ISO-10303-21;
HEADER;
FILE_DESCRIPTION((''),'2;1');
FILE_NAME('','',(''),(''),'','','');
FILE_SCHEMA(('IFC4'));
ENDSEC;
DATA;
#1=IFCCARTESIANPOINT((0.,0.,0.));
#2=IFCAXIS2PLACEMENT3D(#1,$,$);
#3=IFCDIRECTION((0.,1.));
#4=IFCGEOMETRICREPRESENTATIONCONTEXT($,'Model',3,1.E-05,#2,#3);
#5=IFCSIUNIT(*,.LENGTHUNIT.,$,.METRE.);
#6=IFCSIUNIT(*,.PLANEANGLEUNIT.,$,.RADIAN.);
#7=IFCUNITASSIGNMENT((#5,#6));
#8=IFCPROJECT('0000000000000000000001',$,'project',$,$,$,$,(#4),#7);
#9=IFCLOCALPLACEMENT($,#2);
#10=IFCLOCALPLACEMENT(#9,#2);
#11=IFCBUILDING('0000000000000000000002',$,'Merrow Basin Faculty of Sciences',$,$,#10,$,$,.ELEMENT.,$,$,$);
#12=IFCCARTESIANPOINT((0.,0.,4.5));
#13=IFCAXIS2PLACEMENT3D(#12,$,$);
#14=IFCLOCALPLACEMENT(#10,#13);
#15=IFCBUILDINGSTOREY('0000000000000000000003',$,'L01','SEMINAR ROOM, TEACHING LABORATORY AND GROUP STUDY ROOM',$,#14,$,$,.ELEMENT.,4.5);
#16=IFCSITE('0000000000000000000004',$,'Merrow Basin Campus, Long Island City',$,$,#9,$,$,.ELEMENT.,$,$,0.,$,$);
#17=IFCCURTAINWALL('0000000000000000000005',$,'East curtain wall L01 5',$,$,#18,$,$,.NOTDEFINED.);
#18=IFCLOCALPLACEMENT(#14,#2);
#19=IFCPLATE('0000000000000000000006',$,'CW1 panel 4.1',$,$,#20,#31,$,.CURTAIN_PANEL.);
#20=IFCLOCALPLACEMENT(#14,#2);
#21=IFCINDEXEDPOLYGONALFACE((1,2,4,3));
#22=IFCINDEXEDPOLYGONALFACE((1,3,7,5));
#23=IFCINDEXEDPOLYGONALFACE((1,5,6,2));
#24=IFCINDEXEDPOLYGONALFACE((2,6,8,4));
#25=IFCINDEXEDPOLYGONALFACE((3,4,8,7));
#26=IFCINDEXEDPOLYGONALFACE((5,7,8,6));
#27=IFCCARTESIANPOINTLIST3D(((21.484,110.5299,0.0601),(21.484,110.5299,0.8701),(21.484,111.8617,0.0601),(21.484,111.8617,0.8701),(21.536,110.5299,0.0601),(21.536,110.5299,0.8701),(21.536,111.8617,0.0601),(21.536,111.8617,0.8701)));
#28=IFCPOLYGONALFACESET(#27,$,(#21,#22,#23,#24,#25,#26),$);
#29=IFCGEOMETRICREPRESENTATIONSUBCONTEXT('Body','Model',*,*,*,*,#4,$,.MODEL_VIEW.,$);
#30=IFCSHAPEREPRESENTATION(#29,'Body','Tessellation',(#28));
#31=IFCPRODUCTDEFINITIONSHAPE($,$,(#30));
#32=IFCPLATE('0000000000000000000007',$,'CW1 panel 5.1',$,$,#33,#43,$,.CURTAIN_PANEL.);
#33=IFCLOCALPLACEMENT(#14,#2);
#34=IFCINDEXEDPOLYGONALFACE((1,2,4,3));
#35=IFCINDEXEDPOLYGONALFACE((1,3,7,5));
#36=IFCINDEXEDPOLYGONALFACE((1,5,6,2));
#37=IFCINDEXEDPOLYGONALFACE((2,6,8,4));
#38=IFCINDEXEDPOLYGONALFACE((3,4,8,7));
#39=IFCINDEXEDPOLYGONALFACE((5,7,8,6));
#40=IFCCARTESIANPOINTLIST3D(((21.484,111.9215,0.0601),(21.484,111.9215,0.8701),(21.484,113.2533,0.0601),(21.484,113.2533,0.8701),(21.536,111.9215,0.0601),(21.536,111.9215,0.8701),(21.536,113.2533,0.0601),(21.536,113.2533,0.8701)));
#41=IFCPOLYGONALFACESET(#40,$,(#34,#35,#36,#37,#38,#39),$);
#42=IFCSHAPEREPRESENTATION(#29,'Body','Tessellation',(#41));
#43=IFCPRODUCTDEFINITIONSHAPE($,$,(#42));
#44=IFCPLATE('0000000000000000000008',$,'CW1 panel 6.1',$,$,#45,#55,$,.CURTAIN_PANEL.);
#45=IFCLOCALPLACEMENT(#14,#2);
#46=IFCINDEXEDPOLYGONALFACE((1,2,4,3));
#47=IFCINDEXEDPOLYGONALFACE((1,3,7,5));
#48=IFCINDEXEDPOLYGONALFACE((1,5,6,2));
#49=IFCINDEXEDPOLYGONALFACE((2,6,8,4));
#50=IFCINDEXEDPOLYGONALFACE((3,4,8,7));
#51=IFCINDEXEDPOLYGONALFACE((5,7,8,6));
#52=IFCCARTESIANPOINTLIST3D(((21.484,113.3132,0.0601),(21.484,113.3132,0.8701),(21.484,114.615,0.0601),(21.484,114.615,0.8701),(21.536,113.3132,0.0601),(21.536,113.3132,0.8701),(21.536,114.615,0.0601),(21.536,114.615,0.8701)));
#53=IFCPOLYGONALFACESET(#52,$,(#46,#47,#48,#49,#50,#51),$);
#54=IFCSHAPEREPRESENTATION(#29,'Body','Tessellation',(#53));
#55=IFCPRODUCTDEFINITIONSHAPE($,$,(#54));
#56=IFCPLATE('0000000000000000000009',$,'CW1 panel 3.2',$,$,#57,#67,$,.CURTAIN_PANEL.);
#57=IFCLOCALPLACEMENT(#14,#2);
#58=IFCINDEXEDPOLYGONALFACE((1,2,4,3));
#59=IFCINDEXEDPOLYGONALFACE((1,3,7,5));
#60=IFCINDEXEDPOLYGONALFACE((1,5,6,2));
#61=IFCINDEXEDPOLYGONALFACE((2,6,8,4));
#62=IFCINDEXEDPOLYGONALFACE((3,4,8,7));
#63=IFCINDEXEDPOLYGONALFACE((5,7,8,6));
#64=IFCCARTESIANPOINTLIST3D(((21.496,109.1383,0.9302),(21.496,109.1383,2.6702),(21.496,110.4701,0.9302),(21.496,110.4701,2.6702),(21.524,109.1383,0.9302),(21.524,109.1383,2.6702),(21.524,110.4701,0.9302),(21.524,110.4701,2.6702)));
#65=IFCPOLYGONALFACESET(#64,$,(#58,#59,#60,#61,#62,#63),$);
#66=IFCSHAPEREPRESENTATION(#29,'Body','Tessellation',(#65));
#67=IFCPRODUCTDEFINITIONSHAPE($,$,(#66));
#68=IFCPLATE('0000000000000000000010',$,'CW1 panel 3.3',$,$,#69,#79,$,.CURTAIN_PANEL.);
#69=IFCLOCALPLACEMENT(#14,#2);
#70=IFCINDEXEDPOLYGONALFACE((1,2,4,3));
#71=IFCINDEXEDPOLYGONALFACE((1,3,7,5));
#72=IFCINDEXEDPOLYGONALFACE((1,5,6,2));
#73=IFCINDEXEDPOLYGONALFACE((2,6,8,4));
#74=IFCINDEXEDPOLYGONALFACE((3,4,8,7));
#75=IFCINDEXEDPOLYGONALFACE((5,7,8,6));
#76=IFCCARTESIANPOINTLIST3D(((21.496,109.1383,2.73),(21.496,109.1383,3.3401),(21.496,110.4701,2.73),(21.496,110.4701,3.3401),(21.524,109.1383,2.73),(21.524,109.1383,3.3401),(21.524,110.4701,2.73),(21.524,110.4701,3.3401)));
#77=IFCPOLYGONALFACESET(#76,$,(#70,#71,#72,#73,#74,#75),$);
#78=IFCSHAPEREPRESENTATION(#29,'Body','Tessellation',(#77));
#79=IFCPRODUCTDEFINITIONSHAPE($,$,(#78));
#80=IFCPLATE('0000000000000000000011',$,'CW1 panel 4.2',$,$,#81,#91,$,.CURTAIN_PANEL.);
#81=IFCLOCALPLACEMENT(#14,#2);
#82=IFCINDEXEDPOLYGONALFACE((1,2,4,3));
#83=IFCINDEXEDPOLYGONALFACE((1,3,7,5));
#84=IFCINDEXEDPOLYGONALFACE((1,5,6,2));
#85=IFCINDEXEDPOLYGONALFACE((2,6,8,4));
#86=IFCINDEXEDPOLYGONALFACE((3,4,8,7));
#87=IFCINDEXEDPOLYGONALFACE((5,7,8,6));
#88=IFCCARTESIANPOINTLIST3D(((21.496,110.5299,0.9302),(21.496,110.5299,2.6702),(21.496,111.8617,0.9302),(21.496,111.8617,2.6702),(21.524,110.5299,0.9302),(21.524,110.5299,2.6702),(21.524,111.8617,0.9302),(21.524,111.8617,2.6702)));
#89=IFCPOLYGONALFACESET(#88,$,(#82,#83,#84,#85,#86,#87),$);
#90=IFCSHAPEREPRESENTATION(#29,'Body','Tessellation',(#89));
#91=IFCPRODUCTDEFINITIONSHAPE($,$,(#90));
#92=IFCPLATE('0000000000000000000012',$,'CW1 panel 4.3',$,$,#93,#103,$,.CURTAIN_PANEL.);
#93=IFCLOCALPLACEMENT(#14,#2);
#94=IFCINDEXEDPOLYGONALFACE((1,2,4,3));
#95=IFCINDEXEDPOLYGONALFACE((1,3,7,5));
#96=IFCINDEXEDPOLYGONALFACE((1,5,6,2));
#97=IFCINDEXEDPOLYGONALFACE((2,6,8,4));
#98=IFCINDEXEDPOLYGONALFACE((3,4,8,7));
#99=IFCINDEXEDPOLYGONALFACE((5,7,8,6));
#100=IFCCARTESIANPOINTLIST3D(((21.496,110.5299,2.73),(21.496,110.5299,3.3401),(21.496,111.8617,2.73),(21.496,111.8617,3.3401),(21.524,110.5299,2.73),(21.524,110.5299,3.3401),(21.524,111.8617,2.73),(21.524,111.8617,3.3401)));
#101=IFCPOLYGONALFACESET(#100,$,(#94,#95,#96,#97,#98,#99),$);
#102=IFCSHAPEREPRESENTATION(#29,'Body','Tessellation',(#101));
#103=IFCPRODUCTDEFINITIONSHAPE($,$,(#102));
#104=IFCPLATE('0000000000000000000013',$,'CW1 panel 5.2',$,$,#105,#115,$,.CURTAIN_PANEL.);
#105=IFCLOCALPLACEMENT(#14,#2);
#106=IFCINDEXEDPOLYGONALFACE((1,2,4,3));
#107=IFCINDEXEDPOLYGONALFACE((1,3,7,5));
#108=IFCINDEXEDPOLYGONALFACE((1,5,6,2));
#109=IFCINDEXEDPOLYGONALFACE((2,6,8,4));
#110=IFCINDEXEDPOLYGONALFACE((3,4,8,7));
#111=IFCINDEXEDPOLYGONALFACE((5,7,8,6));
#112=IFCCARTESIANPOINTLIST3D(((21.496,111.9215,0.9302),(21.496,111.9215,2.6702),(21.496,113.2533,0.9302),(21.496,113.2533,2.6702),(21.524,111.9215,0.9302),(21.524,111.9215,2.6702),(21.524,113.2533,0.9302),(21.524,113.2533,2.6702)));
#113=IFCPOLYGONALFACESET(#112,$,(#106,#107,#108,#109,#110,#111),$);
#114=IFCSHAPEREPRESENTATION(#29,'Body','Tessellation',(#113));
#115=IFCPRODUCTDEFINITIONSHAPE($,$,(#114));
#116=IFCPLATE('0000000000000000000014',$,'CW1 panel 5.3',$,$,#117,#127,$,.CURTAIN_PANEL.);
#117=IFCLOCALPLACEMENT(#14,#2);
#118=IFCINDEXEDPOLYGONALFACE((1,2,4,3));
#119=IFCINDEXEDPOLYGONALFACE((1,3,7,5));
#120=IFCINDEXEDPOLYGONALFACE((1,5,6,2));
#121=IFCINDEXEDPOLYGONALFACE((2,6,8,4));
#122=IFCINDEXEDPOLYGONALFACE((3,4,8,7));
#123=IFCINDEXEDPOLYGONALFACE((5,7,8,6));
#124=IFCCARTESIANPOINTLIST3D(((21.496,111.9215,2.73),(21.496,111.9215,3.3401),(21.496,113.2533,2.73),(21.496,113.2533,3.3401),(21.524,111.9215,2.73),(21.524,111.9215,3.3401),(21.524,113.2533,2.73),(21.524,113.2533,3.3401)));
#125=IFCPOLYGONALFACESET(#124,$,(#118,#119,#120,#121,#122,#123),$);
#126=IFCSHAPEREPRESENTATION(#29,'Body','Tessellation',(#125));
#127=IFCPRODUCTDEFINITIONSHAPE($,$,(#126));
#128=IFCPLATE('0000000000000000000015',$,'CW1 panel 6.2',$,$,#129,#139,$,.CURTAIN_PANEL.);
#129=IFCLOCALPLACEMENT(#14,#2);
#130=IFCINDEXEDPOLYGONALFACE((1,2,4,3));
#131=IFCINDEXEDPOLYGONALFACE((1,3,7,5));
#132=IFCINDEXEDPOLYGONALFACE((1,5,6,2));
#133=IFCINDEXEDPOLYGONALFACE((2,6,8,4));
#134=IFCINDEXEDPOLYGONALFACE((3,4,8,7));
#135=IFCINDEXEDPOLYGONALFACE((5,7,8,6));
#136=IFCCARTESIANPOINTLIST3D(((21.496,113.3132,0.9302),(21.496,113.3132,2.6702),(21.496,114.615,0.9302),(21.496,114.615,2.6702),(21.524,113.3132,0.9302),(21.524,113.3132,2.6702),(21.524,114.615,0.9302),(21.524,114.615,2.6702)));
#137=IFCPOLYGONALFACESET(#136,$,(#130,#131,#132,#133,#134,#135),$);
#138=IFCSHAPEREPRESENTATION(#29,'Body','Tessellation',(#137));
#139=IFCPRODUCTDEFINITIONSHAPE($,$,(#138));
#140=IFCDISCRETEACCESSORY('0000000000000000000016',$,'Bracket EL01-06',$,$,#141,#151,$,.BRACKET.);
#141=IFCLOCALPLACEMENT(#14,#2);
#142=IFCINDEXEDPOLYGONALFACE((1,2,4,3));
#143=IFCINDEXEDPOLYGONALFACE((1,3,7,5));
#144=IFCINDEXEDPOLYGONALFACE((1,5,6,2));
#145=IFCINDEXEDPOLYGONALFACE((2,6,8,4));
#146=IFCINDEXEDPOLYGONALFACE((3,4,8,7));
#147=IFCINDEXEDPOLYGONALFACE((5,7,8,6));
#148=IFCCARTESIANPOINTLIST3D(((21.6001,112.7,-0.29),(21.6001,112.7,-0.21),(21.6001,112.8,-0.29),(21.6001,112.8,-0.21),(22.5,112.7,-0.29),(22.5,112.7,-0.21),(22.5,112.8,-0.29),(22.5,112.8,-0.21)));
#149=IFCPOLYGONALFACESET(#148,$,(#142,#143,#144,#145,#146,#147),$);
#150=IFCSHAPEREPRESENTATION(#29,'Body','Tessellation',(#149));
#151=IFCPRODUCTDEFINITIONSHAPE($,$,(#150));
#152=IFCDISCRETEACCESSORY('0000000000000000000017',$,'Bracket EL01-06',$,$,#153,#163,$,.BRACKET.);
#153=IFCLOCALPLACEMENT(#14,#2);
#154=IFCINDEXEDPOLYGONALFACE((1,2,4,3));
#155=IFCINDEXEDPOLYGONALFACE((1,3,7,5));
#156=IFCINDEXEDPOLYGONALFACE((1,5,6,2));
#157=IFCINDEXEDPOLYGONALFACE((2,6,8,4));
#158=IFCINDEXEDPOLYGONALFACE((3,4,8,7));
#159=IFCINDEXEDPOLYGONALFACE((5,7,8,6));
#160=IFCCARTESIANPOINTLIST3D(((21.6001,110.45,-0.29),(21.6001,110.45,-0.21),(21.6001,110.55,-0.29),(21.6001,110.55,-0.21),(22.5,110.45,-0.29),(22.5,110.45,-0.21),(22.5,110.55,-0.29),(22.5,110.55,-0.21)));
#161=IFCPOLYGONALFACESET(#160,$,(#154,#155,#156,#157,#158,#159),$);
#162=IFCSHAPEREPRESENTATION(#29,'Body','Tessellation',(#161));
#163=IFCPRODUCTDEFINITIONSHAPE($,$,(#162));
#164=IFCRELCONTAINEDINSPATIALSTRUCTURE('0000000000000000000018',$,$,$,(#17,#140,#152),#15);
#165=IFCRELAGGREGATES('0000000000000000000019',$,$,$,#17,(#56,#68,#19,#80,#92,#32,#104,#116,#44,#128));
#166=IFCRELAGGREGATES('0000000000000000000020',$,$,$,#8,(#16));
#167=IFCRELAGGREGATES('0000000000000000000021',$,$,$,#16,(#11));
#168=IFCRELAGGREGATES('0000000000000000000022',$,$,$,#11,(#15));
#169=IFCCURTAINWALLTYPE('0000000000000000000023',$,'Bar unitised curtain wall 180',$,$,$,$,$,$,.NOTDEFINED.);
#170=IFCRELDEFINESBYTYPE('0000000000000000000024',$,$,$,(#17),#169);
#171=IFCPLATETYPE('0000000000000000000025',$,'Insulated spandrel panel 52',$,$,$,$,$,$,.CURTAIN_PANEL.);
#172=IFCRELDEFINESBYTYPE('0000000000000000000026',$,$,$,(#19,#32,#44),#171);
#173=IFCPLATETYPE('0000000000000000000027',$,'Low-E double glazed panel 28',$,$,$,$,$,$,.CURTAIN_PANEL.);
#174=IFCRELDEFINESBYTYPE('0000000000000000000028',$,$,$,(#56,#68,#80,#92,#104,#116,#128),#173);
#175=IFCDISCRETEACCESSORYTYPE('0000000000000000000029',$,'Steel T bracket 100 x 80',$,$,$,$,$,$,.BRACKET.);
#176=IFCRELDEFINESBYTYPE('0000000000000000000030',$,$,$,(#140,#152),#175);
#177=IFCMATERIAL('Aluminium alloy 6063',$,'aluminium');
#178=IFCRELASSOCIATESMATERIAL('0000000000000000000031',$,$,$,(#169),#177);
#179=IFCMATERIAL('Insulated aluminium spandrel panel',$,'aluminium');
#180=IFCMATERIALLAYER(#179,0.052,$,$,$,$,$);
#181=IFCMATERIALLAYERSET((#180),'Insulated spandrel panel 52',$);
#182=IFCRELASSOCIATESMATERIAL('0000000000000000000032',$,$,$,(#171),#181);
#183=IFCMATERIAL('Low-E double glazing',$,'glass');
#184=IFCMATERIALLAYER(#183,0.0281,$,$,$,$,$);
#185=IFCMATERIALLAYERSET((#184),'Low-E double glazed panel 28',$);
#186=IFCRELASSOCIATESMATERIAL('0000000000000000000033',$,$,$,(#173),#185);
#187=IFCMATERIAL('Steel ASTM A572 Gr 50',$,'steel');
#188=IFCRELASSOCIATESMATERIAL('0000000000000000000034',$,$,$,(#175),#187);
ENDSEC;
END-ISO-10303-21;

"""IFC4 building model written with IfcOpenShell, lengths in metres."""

from ifc_helpers import new_model, si_unit, direction, frame, origin, origin_2d, place, context, subcontext, project, spatial, polyline, rectangle, outline, extrude, source, transform, mapped, material, layer, layer_set, type_object, element, aggregate, save


model = new_model("IFC4")

# Units and contexts
model_context = context("Model", 3, precision=1e-05, world=origin(), true_north=direction((0.0, 1.0)))
body_context = subcontext(model_context, "Body", "Model", "MODEL_VIEW")
ifc_project = project(units=[si_unit("LENGTHUNIT", "METRE"), si_unit("PLANEANGLEUNIT", "RADIAN")], contexts=[model_context])

# Site, building, storey
site_placement = place(None, origin())
site = spatial("IfcSite", under=ifc_project, at=site_placement, Name="Merrow Basin Campus, Long Island City", CompositionType="ELEMENT", RefElevation=0.0)
building_placement = place(site_placement, origin())
building = spatial("IfcBuilding", under=site, at=building_placement, Name="Merrow Basin Faculty of Sciences", CompositionType="ELEMENT")
storey_placement = place(building_placement, frame((0.0, 0.0, 4.5)))
storey = spatial("IfcBuildingStorey", under=building, at=storey_placement, Name="L01", Description="SEMINAR ROOM, TEACHING LABORATORY AND GROUP STUDY ROOM", CompositionType="ELEMENT", Elevation=4.5)

# Curtain wall, plates
ifc_material_1 = material(Name="Aluminium alloy 6063", Category="aluminium")
curtain_wall_type = type_object("IfcCurtainWallType", Name="Bar unitised curtain wall 180", PredefinedType="NOTDEFINED", material=ifc_material_1)
curtain_wall_placement = place(storey_placement, origin())
curtain_wall = element("IfcCurtainWall", 1, at=curtain_wall_placement, inside=storey, type_object=curtain_wall_type, Name="East curtain wall L01 5", PredefinedType="NOTDEFINED")
ifc_material_2 = material(Name="Insulated aluminium spandrel panel", Category="aluminium")
ifc_layer_1 = layer(ifc_material_2, 0.052)
ifc_layer_set_1 = layer_set([ifc_layer_1], Name="Insulated spandrel panel 52")
plate_type_1 = type_object("IfcPlateType", Name="Insulated spandrel panel 52", PredefinedType="CURTAIN_PANEL", material=ifc_layer_set_1)
plate_1_placement = place(storey_placement, frame((21.51, 111.1958, 0.0601), z_axis=(0.0, 0.0, 1.0), x_axis=(0.0, 1.0, 0.0)))
plate_1 = element("IfcPlate", 2, at=plate_1_placement, type_object=plate_type_1, Name="CW1 panel 4.1", PredefinedType="CURTAIN_PANEL", context=body_context, shape_type="SweptSolid", body=[
    extrude(rectangle(XDim=1.3318, YDim=0.052, at=origin_2d()), origin(), (0.0, 0.0, 1.0), 0.8101),
])
plate_2_placement = place(storey_placement, frame((21.51, 112.5874, 0.0601), z_axis=(0.0, 0.0, 1.0), x_axis=(0.0, 1.0, 0.0)))
plate_2 = element("IfcPlate", 3, at=plate_2_placement, type_object=plate_type_1, Name="CW1 panel 5.1", PredefinedType="CURTAIN_PANEL", context=body_context, shape_type="SweptSolid", body=[
    extrude(rectangle(XDim=1.3318, YDim=0.052, at=origin_2d()), origin(), (0.0, 0.0, 1.0), 0.8101),
])
plate_3_placement = place(storey_placement, frame((21.51, 113.9641, 0.0601), z_axis=(0.0, 0.0, 1.0), x_axis=(0.0, 1.0, 0.0)))
plate_3 = element("IfcPlate", 4, at=plate_3_placement, type_object=plate_type_1, Name="CW1 panel 6.1", PredefinedType="CURTAIN_PANEL", context=body_context, shape_type="SweptSolid", body=[
    extrude(rectangle(XDim=1.3018, YDim=0.052, at=origin_2d()), origin(), (0.0, 0.0, 1.0), 0.8101),
])
ifc_material_3 = material(Name="Low-E double glazing", Category="glass")
ifc_layer_2 = layer(ifc_material_3, 0.0281)
ifc_layer_set_2 = layer_set([ifc_layer_2], Name="Low-E double glazed panel 28")
plate_type_2 = type_object("IfcPlateType", Name="Low-E double glazed panel 28", PredefinedType="CURTAIN_PANEL", material=ifc_layer_set_2)
plate_4_placement = place(storey_placement, frame((21.51, 109.8042, 0.9302), z_axis=(0.0, 0.0, 1.0), x_axis=(0.0, 1.0, 0.0)))
plate_4 = element("IfcPlate", 5, at=plate_4_placement, type_object=plate_type_2, Name="CW1 panel 3.2", PredefinedType="CURTAIN_PANEL", context=body_context, shape_type="SweptSolid", body=[
    extrude(rectangle(XDim=1.3318, YDim=0.0281, at=origin_2d()), origin(), (0.0, 0.0, 1.0), 1.74),
])
plate_5_placement = place(storey_placement, frame((21.51, 109.8042, 2.73), z_axis=(0.0, 0.0, 1.0), x_axis=(0.0, 1.0, 0.0)))
plate_5 = element("IfcPlate", 6, at=plate_5_placement, type_object=plate_type_2, Name="CW1 panel 3.3", PredefinedType="CURTAIN_PANEL", context=body_context, shape_type="SweptSolid", body=[
    extrude(rectangle(XDim=1.3318, YDim=0.0281, at=origin_2d()), origin(), (0.0, 0.0, 1.0), 0.6101),
])
plate_6_placement = place(storey_placement, frame((21.51, 111.1958, 0.9302), z_axis=(0.0, 0.0, 1.0), x_axis=(0.0, 1.0, 0.0)))
plate_6 = element("IfcPlate", 7, at=plate_6_placement, type_object=plate_type_2, Name="CW1 panel 4.2", PredefinedType="CURTAIN_PANEL", context=body_context, shape_type="SweptSolid", body=[
    extrude(rectangle(XDim=1.3318, YDim=0.0281, at=origin_2d()), origin(), (0.0, 0.0, 1.0), 1.74),
])
plate_7_placement = place(storey_placement, frame((21.51, 111.1958, 2.73), z_axis=(0.0, 0.0, 1.0), x_axis=(0.0, 1.0, 0.0)))
plate_7 = element("IfcPlate", 8, at=plate_7_placement, type_object=plate_type_2, Name="CW1 panel 4.3", PredefinedType="CURTAIN_PANEL", context=body_context, shape_type="SweptSolid", body=[
    extrude(rectangle(XDim=1.3318, YDim=0.0281, at=origin_2d()), origin(), (0.0, 0.0, 1.0), 0.6101),
])
plate_8_placement = place(storey_placement, frame((21.51, 112.5874, 0.9302), z_axis=(0.0, 0.0, 1.0), x_axis=(0.0, 1.0, 0.0)))
plate_8 = element("IfcPlate", 9, at=plate_8_placement, type_object=plate_type_2, Name="CW1 panel 5.2", PredefinedType="CURTAIN_PANEL", context=body_context, shape_type="SweptSolid", body=[
    extrude(rectangle(XDim=1.3318, YDim=0.0281, at=origin_2d()), origin(), (0.0, 0.0, 1.0), 1.74),
])
plate_9_placement = place(storey_placement, frame((21.51, 112.5874, 2.73), z_axis=(0.0, 0.0, 1.0), x_axis=(0.0, 1.0, 0.0)))
plate_9 = element("IfcPlate", 10, at=plate_9_placement, type_object=plate_type_2, Name="CW1 panel 5.3", PredefinedType="CURTAIN_PANEL", context=body_context, shape_type="SweptSolid", body=[
    extrude(rectangle(XDim=1.3318, YDim=0.0281, at=origin_2d()), origin(), (0.0, 0.0, 1.0), 0.6101),
])
plate_10_placement = place(storey_placement, frame((21.51, 113.9641, 0.9302), z_axis=(0.0, 0.0, 1.0), x_axis=(0.0, 1.0, 0.0)))
plate_10 = element("IfcPlate", 11, at=plate_10_placement, type_object=plate_type_2, Name="CW1 panel 6.2", PredefinedType="CURTAIN_PANEL", context=body_context, shape_type="SweptSolid", body=[
    extrude(rectangle(XDim=1.3018, YDim=0.0281, at=origin_2d()), origin(), (0.0, 0.0, 1.0), 1.74),
])
aggregate(curtain_wall, [plate_4, plate_5, plate_1, plate_6, plate_7, plate_2, plate_8, plate_9, plate_3, plate_10])

# Discrete accessories
ifc_material_4 = material(Name="Steel ASTM A572 Gr 50", Category="steel")
discrete_accessory_type = type_object("IfcDiscreteAccessoryType", Name="Steel T bracket 100 x 80", PredefinedType="BRACKET", material=ifc_material_4)
shared_shape = source(origin(), body_context, "Body", "SweptSolid", [
    extrude(outline(polyline([(0.0, 0.0), (0.1001, 0.0), (0.1001, 0.0801), (0.0, 0.0801), (0.0, 0.0)])), origin(), (0.0, 0.0, 1.0), 0.8999),
])
for number, where, z_axis, x_axis, name in (
    (12, (22.5, 112.8, -0.29), (-1.0, 0.0, 0.0), (0.0, -1.0, 0.0), "Bracket EL01-06"),
    (13, (22.5, 110.55, -0.29), (-1.0, 0.0, 0.0), (0.0, -1.0, 0.0), "Bracket EL01-06"),
):
    element("IfcDiscreteAccessory", number, at=place(storey_placement, frame(where, z_axis=z_axis, x_axis=x_axis)), inside=storey, type_object=discrete_accessory_type, Name=name, PredefinedType="BRACKET", context=body_context, shape_type="MappedRepresentation", body=[
        mapped(shared_shape, transform((0.0, 0.0, 0.0), scale=1.0)),
    ])

save(model, "model.ifc")
